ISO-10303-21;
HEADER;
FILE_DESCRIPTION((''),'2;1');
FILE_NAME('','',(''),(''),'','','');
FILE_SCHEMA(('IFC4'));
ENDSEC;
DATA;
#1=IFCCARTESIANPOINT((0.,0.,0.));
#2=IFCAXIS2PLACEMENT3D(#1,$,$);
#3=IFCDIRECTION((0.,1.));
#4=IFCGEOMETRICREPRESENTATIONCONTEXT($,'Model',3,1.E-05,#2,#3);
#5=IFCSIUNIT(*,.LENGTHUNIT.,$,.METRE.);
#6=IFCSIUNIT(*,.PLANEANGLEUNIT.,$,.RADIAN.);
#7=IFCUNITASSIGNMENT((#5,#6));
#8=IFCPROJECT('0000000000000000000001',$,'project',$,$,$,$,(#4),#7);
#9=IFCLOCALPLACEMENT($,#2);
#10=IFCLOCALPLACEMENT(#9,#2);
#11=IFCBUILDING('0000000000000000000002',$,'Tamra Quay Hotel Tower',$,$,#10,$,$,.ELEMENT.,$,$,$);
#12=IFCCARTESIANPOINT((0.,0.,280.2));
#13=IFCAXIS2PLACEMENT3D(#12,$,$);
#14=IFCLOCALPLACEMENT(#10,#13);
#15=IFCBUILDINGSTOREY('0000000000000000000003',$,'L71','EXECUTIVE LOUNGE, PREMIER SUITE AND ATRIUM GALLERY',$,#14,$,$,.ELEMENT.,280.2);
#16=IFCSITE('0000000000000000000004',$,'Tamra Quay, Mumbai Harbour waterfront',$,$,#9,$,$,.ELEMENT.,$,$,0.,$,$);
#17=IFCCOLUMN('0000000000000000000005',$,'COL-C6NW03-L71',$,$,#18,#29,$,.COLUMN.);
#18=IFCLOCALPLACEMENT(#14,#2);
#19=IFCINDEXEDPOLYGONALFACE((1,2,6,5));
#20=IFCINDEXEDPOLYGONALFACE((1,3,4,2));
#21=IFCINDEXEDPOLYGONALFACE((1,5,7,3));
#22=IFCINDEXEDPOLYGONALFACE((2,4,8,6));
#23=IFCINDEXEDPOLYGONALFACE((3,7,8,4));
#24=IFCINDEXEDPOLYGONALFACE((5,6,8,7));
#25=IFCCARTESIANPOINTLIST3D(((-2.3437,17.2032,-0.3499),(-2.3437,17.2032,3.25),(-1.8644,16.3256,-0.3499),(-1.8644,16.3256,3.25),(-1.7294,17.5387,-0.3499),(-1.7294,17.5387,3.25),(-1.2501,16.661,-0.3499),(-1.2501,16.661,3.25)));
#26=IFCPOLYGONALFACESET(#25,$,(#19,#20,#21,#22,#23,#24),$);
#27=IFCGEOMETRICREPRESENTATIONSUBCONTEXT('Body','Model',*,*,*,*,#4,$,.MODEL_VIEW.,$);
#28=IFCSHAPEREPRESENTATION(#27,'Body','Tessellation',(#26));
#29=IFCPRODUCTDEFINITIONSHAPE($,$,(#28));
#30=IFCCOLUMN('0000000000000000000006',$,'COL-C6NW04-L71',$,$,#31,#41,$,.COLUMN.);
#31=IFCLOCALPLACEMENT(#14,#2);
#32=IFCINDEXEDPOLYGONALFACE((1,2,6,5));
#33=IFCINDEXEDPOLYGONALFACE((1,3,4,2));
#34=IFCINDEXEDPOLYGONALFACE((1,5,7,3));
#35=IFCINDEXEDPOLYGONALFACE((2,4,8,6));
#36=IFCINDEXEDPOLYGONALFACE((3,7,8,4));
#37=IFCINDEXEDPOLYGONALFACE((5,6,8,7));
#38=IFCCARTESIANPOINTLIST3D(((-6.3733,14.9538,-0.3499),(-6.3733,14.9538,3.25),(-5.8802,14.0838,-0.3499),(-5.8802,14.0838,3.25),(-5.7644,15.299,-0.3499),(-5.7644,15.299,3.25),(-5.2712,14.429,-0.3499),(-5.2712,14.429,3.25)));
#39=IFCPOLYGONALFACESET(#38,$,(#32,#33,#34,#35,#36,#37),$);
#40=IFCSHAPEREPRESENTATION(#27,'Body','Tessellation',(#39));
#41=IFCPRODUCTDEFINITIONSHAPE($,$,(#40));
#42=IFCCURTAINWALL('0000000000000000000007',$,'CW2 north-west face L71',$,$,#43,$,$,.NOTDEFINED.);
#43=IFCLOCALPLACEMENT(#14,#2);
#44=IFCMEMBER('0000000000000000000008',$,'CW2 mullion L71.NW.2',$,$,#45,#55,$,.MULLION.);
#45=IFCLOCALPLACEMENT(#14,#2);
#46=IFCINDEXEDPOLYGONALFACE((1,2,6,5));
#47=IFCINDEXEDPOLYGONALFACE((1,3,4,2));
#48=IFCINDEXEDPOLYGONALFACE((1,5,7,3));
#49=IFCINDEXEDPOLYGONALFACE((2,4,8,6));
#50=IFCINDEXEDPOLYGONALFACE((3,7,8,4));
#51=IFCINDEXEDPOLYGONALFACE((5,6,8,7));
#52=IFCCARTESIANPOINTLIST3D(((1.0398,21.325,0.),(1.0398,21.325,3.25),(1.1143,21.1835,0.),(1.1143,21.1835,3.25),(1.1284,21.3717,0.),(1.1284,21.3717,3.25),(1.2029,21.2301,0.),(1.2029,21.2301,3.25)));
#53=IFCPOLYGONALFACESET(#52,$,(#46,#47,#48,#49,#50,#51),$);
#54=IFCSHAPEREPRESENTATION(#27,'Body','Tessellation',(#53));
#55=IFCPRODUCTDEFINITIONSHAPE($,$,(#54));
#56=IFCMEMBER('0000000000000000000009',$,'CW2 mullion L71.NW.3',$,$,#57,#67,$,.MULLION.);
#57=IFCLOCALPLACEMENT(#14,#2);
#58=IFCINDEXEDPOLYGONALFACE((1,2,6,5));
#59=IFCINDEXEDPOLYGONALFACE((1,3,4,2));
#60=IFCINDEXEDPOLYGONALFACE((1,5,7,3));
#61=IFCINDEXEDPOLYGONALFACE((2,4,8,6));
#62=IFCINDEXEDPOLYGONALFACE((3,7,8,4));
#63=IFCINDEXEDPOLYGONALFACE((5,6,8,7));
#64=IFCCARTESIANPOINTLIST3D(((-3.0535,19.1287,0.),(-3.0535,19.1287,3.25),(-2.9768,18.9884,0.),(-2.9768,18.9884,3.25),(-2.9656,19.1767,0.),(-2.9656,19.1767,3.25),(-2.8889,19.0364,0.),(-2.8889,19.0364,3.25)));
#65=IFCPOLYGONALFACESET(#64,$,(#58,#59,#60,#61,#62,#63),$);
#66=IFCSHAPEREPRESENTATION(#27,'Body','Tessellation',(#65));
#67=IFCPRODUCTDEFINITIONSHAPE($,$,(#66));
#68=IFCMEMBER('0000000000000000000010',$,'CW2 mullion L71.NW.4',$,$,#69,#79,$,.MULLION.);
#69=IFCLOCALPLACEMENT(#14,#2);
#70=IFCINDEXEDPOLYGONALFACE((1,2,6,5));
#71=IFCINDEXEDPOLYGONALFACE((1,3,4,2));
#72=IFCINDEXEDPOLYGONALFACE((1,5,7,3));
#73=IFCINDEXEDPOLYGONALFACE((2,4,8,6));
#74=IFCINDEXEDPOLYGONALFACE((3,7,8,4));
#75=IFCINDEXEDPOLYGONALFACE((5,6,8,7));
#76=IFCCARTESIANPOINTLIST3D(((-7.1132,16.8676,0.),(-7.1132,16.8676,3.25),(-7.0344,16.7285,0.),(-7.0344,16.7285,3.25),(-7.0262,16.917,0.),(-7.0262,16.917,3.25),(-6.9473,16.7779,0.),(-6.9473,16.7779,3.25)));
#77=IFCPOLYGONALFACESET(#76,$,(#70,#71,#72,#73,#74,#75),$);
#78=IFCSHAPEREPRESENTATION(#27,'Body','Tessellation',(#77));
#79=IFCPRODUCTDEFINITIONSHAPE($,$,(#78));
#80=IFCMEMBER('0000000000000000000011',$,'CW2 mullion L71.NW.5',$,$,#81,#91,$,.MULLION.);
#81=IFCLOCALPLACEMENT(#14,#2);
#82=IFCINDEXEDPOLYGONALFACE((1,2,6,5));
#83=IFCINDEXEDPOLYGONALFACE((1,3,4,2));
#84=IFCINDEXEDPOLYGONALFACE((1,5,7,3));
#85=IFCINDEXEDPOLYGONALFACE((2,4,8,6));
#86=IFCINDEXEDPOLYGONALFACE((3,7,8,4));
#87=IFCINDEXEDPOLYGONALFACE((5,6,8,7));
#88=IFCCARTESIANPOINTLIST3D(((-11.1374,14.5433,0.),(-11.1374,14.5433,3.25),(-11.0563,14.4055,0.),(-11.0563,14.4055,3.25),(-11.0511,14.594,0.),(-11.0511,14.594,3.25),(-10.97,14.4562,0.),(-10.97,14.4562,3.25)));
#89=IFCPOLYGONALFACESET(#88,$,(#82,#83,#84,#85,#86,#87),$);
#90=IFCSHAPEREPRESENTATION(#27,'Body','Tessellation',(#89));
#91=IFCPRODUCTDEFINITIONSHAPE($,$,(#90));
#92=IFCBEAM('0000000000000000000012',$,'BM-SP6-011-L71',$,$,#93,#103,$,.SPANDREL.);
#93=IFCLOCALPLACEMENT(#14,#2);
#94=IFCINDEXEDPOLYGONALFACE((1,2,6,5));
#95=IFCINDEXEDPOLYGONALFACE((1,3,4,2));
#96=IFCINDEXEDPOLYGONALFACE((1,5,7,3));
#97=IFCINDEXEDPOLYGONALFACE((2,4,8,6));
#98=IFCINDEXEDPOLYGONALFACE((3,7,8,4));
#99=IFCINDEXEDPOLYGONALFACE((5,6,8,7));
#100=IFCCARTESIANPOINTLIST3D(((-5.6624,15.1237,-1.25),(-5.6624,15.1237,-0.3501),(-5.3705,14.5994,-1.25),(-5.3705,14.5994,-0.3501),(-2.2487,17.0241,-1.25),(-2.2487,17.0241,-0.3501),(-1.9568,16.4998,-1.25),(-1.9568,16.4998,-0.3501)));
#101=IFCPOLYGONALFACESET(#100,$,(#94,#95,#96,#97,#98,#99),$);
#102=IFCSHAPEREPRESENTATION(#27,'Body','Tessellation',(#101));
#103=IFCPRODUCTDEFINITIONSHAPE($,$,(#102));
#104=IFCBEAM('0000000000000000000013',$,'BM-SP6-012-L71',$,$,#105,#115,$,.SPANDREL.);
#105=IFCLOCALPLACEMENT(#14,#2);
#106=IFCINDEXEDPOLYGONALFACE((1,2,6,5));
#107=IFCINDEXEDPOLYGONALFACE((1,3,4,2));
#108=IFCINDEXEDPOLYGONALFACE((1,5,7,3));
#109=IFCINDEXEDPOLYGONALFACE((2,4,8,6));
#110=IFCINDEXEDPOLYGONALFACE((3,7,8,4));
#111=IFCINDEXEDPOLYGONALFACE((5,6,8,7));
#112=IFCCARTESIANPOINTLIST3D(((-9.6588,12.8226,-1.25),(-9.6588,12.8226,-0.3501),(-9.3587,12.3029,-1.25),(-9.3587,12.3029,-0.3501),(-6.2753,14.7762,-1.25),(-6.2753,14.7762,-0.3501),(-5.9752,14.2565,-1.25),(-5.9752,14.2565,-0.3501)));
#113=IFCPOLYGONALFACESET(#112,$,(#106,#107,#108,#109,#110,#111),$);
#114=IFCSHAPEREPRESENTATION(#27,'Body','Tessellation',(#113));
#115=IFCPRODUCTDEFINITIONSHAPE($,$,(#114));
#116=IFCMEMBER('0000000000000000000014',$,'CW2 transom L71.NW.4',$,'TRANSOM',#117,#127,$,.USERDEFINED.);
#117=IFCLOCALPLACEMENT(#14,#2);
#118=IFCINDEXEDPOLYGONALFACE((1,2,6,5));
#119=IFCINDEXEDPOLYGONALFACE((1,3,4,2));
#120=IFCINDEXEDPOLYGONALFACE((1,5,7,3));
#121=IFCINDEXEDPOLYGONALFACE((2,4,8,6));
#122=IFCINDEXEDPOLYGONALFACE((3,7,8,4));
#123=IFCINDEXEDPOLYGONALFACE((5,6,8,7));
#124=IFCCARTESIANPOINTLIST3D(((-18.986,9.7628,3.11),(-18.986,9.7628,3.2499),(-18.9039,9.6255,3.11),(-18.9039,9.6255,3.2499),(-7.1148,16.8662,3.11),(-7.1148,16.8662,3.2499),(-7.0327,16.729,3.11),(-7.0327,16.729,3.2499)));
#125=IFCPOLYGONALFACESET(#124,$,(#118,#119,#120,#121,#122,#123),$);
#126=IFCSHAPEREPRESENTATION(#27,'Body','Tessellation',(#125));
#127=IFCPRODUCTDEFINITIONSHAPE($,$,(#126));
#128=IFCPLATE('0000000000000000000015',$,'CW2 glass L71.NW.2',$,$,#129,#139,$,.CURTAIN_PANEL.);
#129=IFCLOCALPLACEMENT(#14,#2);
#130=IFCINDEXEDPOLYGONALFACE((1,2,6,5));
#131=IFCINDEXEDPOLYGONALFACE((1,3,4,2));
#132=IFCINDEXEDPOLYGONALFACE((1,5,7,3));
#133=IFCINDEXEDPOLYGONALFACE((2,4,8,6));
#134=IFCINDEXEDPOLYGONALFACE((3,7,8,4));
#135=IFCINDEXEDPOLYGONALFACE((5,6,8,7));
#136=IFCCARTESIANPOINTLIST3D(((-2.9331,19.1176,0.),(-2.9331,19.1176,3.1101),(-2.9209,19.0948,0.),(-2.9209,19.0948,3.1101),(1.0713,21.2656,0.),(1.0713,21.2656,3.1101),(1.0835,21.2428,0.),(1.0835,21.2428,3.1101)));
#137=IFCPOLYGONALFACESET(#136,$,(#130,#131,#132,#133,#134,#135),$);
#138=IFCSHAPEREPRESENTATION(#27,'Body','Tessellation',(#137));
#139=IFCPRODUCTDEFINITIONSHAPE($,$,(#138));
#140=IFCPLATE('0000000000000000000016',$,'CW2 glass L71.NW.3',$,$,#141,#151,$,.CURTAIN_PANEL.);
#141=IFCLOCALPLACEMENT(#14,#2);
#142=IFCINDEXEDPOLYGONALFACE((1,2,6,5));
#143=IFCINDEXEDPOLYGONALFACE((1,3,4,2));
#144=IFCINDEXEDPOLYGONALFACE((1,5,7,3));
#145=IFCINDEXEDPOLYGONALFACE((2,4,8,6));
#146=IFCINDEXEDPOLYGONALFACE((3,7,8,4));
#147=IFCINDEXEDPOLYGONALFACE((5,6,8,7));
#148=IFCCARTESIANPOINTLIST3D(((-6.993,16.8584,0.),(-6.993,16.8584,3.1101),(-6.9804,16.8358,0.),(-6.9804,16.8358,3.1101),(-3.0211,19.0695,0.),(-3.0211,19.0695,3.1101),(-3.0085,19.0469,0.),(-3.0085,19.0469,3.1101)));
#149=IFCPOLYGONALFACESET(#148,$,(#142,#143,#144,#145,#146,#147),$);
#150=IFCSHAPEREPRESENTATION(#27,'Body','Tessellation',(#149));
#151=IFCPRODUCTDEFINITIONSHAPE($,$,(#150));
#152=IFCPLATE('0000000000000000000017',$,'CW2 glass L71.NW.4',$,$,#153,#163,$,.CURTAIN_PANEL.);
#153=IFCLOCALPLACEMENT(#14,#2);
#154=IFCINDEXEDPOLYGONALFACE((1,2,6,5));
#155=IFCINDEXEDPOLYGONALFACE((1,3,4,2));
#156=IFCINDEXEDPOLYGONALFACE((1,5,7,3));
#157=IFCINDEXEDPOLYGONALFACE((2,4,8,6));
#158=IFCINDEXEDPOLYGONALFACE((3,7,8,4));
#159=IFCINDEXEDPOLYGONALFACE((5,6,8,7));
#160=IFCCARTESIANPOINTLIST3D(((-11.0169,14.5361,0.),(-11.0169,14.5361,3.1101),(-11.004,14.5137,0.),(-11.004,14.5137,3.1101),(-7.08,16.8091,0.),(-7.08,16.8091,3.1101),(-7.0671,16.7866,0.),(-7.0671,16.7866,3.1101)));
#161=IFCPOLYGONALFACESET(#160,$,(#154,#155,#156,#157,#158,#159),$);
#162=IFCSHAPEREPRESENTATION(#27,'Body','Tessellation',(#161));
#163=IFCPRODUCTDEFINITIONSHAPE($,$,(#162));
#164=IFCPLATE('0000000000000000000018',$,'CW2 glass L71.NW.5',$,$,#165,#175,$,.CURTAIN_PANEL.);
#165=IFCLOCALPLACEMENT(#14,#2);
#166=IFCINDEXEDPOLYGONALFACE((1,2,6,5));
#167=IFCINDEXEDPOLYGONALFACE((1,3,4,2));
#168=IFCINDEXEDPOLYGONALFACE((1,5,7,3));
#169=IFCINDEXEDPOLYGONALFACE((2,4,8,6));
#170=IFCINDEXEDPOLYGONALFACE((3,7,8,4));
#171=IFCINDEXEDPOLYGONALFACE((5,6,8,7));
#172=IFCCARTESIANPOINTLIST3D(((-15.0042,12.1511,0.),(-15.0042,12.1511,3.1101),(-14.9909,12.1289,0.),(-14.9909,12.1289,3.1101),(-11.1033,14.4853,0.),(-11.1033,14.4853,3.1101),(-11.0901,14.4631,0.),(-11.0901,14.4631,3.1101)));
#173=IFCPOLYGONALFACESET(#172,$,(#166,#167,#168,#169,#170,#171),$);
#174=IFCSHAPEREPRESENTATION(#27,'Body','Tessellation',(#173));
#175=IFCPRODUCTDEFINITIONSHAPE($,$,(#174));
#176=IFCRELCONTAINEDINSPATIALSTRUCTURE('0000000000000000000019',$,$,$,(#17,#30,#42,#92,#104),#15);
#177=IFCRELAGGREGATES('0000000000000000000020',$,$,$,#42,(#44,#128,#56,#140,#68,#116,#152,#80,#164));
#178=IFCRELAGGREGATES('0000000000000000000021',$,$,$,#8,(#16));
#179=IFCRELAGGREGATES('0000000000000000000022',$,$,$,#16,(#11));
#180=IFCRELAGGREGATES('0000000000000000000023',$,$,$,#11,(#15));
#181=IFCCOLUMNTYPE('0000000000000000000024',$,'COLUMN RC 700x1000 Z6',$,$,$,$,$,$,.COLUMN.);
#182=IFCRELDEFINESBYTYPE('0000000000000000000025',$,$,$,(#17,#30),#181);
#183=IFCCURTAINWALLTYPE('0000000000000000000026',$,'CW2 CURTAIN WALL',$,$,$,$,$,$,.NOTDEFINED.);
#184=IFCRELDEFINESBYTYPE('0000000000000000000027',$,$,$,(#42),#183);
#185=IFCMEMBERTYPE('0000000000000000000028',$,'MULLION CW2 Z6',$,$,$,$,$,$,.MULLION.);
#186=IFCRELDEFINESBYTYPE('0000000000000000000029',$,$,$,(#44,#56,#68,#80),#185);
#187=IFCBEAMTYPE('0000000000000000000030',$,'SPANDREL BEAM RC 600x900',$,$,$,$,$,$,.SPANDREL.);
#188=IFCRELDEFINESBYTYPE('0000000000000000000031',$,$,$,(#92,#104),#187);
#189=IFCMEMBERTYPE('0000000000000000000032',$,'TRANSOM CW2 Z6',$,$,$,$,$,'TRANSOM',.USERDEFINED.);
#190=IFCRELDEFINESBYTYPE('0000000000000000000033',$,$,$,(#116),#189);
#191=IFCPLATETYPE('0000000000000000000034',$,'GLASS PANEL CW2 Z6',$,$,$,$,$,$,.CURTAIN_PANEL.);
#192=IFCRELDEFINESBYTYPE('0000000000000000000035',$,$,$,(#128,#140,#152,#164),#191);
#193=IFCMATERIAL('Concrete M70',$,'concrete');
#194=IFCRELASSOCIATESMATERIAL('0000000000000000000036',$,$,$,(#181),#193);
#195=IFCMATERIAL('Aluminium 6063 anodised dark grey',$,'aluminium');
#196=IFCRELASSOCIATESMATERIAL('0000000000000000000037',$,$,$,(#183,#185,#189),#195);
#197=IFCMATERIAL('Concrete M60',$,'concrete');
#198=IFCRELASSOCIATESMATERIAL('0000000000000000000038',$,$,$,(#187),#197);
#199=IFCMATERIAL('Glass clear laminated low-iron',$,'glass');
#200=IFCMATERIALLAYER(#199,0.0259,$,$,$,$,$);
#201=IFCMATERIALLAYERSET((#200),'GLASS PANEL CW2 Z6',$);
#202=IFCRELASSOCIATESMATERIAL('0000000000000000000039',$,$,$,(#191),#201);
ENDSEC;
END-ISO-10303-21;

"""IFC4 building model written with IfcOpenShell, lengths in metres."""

from ifc_helpers import new_model, si_unit, direction, frame, origin, origin_2d, place, context, subcontext, project, spatial, rectangle, extrude, material, layer, layer_set, material_profile, profile_set, type_object, element, aggregate, save


model = new_model("IFC4")

# Units and contexts
model_context = context("Model", 3, precision=1e-05, world=origin(), true_north=direction((0.0, 1.0)))
body_context = subcontext(model_context, "Body", "Model", "MODEL_VIEW")
ifc_project = project(units=[si_unit("LENGTHUNIT", "METRE"), si_unit("PLANEANGLEUNIT", "RADIAN")], contexts=[model_context])

# Site, building, storey
site_placement = place(None, origin())
site = spatial("IfcSite", under=ifc_project, at=site_placement, Name="Tamra Quay, Mumbai Harbour waterfront", CompositionType="ELEMENT", RefElevation=0.0)
building_placement = place(site_placement, origin())
building = spatial("IfcBuilding", under=site, at=building_placement, Name="Tamra Quay Hotel Tower", CompositionType="ELEMENT")
storey_placement = place(building_placement, frame((0.0, 0.0, 280.2)))
storey = spatial("IfcBuildingStorey", under=building, at=storey_placement, Name="L71", Description="EXECUTIVE LOUNGE, PREMIER SUITE AND ATRIUM GALLERY", CompositionType="ELEMENT", Elevation=280.2)

# Columns
ifc_material_1 = material(Name="Concrete M70", Category="concrete")
ifc_material_profile_1 = material_profile(ifc_material_1, rectangle(XDim=1.0, YDim=0.7, at=origin_2d()), Name="COLUMN RC 700x1000 Z6")
ifc_profile_set_1 = profile_set([ifc_material_profile_1], Name="Concrete M70")
column_type = type_object("IfcColumnType", Name="COLUMN RC 700x1000 Z6", PredefinedType="COLUMN", material=ifc_profile_set_1)
for number, where, z_axis, x_axis, name in (
    (1, (-1.7969, 16.9321, -0.3499), (0.0, 0.0, 1.0), (-0.479288, 0.877658, 0.0), "COL-C6NW03-L71"),
    (2, (-5.8223, 14.6914, -0.3499), (0.0, 0.0, 1.0), (-0.493125, 0.869958, 0.0), "COL-C6NW04-L71"),
):
    element("IfcColumn", number, at=place(storey_placement, frame(where, z_axis=z_axis, x_axis=x_axis)), inside=storey, type_object=column_type, Name=name, PredefinedType="COLUMN", context=body_context, shape_type="SweptSolid", body=[
        extrude(rectangle(XDim=1.0, YDim=0.7, at=origin_2d()), origin(), (0.0, 0.0, 1.0), 3.5999),
    ])

# Curtain wall, members
ifc_material_2 = material(Name="Aluminium 6063 anodised dark grey", Category="aluminium")
curtain_wall_type = type_object("IfcCurtainWallType", Name="CW2 CURTAIN WALL", PredefinedType="NOTDEFINED", material=ifc_material_2)
curtain_wall_placement = place(storey_placement, origin())
curtain_wall = element("IfcCurtainWall", 3, at=curtain_wall_placement, inside=storey, type_object=curtain_wall_type, Name="CW2 north-west face L71", PredefinedType="NOTDEFINED")
ifc_material_profile_2 = material_profile(ifc_material_2, rectangle(XDim=0.1599, YDim=0.1001, at=origin_2d()), Name="MULLION 100X160")
ifc_profile_set_2 = profile_set([ifc_material_profile_2], Name="Aluminium 6063 anodised dark grey")
member_type_1 = type_object("IfcMemberType", Name="MULLION CW2 Z6", PredefinedType="MULLION", material=ifc_profile_set_2)
member_1_placement = place(storey_placement, frame((1.1213, 21.2776, 0.0), z_axis=(0.0, 0.0, 1.0), x_axis=(-0.465816, 0.884882, 0.0)))
member_1 = element("IfcMember", 4, at=member_1_placement, type_object=member_type_1, Name="CW2 mullion L71.NW.2", PredefinedType="MULLION", context=body_context, shape_type="SweptSolid", body=[
    extrude(rectangle(XDim=0.1599, YDim=0.1001, at=origin_2d()), origin(), (0.0, 0.0, 1.0), 3.25),
])
member_2_placement = place(storey_placement, frame((-2.9712, 19.0825, 0.0), z_axis=(0.0, 0.0, 1.0), x_axis=(-0.479565, 0.877507, 0.0)))
member_2 = element("IfcMember", 5, at=member_2_placement, type_object=member_type_1, Name="CW2 mullion L71.NW.3", PredefinedType="MULLION", context=body_context, shape_type="SweptSolid", body=[
    extrude(rectangle(XDim=0.1599, YDim=0.1001, at=origin_2d()), origin(), (0.0, 0.0, 1.0), 3.25),
])
member_3_placement = place(storey_placement, frame((-7.0303, 16.8228, 0.0), z_axis=(0.0, 0.0, 1.0), x_axis=(-0.493215, 0.869907, 0.0)))
member_3 = element("IfcMember", 6, at=member_3_placement, type_object=member_type_1, Name="CW2 mullion L71.NW.4", PredefinedType="MULLION", context=body_context, shape_type="SweptSolid", body=[
    extrude(rectangle(XDim=0.1599, YDim=0.1001, at=origin_2d()), origin(), (0.0, 0.0, 1.0), 3.25),
])
member_4_placement = place(storey_placement, frame((-11.0537, 14.4998, 0.0), z_axis=(0.0, 0.0, 1.0), x_axis=(-0.506754, 0.862091, 0.0)))
member_4 = element("IfcMember", 7, at=member_4_placement, type_object=member_type_1, Name="CW2 mullion L71.NW.5", PredefinedType="MULLION", context=body_context, shape_type="SweptSolid", body=[
    extrude(rectangle(XDim=0.1599, YDim=0.1001, at=origin_2d()), origin(), (0.0, 0.0, 1.0), 3.25),
])

# Beams
ifc_material_3 = material(Name="Concrete M60", Category="concrete")
ifc_material_profile_3 = material_profile(ifc_material_3, rectangle(XDim=0.6001, YDim=0.8999, at=origin_2d()), Name="SPANDREL BEAM RC 600x900")
ifc_profile_set_3 = profile_set([ifc_material_profile_3], Name="Concrete M60")
beam_type = type_object("IfcBeamType", Name="SPANDREL BEAM RC 600x900", PredefinedType="SPANDREL", material=ifc_profile_set_3)
for number, where, z_axis, x_axis, name in (
    (8, (-2.1028, 16.762, -0.8), (-0.873727, -0.486417, 0.0), (0.486417, -0.873727, 0.0), "BM-SP6-011-L71"),
    (9, (-6.1252, 14.5164, -0.8), (-0.866012, -0.500024, 0.0), (0.500024, -0.866012, 0.0), "BM-SP6-012-L71"),
):
    element("IfcBeam", number, at=place(storey_placement, frame(where, z_axis=z_axis, x_axis=x_axis)), inside=storey, type_object=beam_type, Name=name, PredefinedType="SPANDREL", context=body_context, shape_type="SweptSolid", body=[
        extrude(rectangle(XDim=0.6001, YDim=0.8999, at=origin_2d()), origin(), (0.0, 0.0, 1.0), 3.907),
    ])

# Member
ifc_material_profile_4 = material_profile(ifc_material_2, rectangle(XDim=0.1599, YDim=0.1399, at=origin_2d()), Name="TRANSOM 160X140")
ifc_profile_set_4 = profile_set([ifc_material_profile_4], Name="Aluminium 6063 anodised dark grey")
member_type_2 = type_object("IfcMemberType", Name="TRANSOM CW2 Z6", ElementType="TRANSOM", PredefinedType="USERDEFINED", material=ifc_profile_set_4)
member_5_placement = place(storey_placement, frame((-7.0737, 16.7976, 3.1799), z_axis=(-0.858107, -0.51347, 0.0), x_axis=(0.51347, -0.858107, 0.0)))
member_5 = element("IfcMember", 10, at=member_5_placement, type_object=member_type_2, Name="CW2 transom L71.NW.4", ObjectType="TRANSOM", PredefinedType="USERDEFINED", context=body_context, shape_type="SweptSolid", body=[
    extrude(rectangle(XDim=0.1599, YDim=0.1399, at=origin_2d()), origin(), (0.0, 0.0, 1.0), 13.8342),
])

# Plates
ifc_material_4 = material(Name="Glass clear laminated low-iron", Category="glass")
ifc_layer_1 = layer(ifc_material_4, 0.0259)
ifc_layer_set_1 = layer_set([ifc_layer_1], Name="GLASS PANEL CW2 Z6")
plate_type = type_object("IfcPlateType", Name="GLASS PANEL CW2 Z6", PredefinedType="CURTAIN_PANEL", material=ifc_layer_set_1)
plate_1_placement = place(storey_placement, frame((-0.9248, 20.1802, 0.0), z_axis=(0.0, 0.0, 1.0), x_axis=(-0.881224, -0.4727, 0.0)))
plate_1 = element("IfcPlate", 11, at=plate_1_placement, type_object=plate_type, Name="CW2 glass L71.NW.2", PredefinedType="CURTAIN_PANEL", context=body_context, shape_type="SweptSolid", body=[
    extrude(rectangle(XDim=4.5442, YDim=0.0259, at=origin_2d()), origin(), (0.0, 0.0, 1.0), 3.1101),
])
plate_2_placement = place(storey_placement, frame((-5.0007, 17.9526, 0.0), z_axis=(0.0, 0.0, 1.0), x_axis=(-0.873736, -0.4864, 0.0)))
plate_2 = element("IfcPlate", 12, at=plate_2_placement, type_object=plate_type, Name="CW2 glass L71.NW.3", PredefinedType="CURTAIN_PANEL", context=body_context, shape_type="SweptSolid", body=[
    extrude(rectangle(XDim=4.5459, YDim=0.0259, at=origin_2d()), origin(), (0.0, 0.0, 1.0), 3.1101),
])
plate_3_placement = place(storey_placement, frame((-9.042, 15.6614, 0.0), z_axis=(0.0, 0.0, 1.0), x_axis=(-0.866025, -0.5, 0.0)))
plate_3 = element("IfcPlate", 13, at=plate_3_placement, type_object=plate_type, Name="CW2 glass L71.NW.4", PredefinedType="CURTAIN_PANEL", context=body_context, shape_type="SweptSolid", body=[
    extrude(rectangle(XDim=4.5459, YDim=0.0259, at=origin_2d()), origin(), (0.0, 0.0, 1.0), 3.1101),
])
plate_4_placement = place(storey_placement, frame((-13.0471, 13.3071, 0.0), z_axis=(0.0, 0.0, 1.0), x_axis=(-0.858103, -0.513477, 0.0)))
plate_4 = element("IfcPlate", 14, at=plate_4_placement, type_object=plate_type, Name="CW2 glass L71.NW.5", PredefinedType="CURTAIN_PANEL", context=body_context, shape_type="SweptSolid", body=[
    extrude(rectangle(XDim=4.5459, YDim=0.0259, at=origin_2d()), origin(), (0.0, 0.0, 1.0), 3.1101),
])
aggregate(curtain_wall, [member_1, plate_1, member_2, plate_2, member_3, member_5, plate_3, member_4, plate_4])

save(model, "model.ifc")
